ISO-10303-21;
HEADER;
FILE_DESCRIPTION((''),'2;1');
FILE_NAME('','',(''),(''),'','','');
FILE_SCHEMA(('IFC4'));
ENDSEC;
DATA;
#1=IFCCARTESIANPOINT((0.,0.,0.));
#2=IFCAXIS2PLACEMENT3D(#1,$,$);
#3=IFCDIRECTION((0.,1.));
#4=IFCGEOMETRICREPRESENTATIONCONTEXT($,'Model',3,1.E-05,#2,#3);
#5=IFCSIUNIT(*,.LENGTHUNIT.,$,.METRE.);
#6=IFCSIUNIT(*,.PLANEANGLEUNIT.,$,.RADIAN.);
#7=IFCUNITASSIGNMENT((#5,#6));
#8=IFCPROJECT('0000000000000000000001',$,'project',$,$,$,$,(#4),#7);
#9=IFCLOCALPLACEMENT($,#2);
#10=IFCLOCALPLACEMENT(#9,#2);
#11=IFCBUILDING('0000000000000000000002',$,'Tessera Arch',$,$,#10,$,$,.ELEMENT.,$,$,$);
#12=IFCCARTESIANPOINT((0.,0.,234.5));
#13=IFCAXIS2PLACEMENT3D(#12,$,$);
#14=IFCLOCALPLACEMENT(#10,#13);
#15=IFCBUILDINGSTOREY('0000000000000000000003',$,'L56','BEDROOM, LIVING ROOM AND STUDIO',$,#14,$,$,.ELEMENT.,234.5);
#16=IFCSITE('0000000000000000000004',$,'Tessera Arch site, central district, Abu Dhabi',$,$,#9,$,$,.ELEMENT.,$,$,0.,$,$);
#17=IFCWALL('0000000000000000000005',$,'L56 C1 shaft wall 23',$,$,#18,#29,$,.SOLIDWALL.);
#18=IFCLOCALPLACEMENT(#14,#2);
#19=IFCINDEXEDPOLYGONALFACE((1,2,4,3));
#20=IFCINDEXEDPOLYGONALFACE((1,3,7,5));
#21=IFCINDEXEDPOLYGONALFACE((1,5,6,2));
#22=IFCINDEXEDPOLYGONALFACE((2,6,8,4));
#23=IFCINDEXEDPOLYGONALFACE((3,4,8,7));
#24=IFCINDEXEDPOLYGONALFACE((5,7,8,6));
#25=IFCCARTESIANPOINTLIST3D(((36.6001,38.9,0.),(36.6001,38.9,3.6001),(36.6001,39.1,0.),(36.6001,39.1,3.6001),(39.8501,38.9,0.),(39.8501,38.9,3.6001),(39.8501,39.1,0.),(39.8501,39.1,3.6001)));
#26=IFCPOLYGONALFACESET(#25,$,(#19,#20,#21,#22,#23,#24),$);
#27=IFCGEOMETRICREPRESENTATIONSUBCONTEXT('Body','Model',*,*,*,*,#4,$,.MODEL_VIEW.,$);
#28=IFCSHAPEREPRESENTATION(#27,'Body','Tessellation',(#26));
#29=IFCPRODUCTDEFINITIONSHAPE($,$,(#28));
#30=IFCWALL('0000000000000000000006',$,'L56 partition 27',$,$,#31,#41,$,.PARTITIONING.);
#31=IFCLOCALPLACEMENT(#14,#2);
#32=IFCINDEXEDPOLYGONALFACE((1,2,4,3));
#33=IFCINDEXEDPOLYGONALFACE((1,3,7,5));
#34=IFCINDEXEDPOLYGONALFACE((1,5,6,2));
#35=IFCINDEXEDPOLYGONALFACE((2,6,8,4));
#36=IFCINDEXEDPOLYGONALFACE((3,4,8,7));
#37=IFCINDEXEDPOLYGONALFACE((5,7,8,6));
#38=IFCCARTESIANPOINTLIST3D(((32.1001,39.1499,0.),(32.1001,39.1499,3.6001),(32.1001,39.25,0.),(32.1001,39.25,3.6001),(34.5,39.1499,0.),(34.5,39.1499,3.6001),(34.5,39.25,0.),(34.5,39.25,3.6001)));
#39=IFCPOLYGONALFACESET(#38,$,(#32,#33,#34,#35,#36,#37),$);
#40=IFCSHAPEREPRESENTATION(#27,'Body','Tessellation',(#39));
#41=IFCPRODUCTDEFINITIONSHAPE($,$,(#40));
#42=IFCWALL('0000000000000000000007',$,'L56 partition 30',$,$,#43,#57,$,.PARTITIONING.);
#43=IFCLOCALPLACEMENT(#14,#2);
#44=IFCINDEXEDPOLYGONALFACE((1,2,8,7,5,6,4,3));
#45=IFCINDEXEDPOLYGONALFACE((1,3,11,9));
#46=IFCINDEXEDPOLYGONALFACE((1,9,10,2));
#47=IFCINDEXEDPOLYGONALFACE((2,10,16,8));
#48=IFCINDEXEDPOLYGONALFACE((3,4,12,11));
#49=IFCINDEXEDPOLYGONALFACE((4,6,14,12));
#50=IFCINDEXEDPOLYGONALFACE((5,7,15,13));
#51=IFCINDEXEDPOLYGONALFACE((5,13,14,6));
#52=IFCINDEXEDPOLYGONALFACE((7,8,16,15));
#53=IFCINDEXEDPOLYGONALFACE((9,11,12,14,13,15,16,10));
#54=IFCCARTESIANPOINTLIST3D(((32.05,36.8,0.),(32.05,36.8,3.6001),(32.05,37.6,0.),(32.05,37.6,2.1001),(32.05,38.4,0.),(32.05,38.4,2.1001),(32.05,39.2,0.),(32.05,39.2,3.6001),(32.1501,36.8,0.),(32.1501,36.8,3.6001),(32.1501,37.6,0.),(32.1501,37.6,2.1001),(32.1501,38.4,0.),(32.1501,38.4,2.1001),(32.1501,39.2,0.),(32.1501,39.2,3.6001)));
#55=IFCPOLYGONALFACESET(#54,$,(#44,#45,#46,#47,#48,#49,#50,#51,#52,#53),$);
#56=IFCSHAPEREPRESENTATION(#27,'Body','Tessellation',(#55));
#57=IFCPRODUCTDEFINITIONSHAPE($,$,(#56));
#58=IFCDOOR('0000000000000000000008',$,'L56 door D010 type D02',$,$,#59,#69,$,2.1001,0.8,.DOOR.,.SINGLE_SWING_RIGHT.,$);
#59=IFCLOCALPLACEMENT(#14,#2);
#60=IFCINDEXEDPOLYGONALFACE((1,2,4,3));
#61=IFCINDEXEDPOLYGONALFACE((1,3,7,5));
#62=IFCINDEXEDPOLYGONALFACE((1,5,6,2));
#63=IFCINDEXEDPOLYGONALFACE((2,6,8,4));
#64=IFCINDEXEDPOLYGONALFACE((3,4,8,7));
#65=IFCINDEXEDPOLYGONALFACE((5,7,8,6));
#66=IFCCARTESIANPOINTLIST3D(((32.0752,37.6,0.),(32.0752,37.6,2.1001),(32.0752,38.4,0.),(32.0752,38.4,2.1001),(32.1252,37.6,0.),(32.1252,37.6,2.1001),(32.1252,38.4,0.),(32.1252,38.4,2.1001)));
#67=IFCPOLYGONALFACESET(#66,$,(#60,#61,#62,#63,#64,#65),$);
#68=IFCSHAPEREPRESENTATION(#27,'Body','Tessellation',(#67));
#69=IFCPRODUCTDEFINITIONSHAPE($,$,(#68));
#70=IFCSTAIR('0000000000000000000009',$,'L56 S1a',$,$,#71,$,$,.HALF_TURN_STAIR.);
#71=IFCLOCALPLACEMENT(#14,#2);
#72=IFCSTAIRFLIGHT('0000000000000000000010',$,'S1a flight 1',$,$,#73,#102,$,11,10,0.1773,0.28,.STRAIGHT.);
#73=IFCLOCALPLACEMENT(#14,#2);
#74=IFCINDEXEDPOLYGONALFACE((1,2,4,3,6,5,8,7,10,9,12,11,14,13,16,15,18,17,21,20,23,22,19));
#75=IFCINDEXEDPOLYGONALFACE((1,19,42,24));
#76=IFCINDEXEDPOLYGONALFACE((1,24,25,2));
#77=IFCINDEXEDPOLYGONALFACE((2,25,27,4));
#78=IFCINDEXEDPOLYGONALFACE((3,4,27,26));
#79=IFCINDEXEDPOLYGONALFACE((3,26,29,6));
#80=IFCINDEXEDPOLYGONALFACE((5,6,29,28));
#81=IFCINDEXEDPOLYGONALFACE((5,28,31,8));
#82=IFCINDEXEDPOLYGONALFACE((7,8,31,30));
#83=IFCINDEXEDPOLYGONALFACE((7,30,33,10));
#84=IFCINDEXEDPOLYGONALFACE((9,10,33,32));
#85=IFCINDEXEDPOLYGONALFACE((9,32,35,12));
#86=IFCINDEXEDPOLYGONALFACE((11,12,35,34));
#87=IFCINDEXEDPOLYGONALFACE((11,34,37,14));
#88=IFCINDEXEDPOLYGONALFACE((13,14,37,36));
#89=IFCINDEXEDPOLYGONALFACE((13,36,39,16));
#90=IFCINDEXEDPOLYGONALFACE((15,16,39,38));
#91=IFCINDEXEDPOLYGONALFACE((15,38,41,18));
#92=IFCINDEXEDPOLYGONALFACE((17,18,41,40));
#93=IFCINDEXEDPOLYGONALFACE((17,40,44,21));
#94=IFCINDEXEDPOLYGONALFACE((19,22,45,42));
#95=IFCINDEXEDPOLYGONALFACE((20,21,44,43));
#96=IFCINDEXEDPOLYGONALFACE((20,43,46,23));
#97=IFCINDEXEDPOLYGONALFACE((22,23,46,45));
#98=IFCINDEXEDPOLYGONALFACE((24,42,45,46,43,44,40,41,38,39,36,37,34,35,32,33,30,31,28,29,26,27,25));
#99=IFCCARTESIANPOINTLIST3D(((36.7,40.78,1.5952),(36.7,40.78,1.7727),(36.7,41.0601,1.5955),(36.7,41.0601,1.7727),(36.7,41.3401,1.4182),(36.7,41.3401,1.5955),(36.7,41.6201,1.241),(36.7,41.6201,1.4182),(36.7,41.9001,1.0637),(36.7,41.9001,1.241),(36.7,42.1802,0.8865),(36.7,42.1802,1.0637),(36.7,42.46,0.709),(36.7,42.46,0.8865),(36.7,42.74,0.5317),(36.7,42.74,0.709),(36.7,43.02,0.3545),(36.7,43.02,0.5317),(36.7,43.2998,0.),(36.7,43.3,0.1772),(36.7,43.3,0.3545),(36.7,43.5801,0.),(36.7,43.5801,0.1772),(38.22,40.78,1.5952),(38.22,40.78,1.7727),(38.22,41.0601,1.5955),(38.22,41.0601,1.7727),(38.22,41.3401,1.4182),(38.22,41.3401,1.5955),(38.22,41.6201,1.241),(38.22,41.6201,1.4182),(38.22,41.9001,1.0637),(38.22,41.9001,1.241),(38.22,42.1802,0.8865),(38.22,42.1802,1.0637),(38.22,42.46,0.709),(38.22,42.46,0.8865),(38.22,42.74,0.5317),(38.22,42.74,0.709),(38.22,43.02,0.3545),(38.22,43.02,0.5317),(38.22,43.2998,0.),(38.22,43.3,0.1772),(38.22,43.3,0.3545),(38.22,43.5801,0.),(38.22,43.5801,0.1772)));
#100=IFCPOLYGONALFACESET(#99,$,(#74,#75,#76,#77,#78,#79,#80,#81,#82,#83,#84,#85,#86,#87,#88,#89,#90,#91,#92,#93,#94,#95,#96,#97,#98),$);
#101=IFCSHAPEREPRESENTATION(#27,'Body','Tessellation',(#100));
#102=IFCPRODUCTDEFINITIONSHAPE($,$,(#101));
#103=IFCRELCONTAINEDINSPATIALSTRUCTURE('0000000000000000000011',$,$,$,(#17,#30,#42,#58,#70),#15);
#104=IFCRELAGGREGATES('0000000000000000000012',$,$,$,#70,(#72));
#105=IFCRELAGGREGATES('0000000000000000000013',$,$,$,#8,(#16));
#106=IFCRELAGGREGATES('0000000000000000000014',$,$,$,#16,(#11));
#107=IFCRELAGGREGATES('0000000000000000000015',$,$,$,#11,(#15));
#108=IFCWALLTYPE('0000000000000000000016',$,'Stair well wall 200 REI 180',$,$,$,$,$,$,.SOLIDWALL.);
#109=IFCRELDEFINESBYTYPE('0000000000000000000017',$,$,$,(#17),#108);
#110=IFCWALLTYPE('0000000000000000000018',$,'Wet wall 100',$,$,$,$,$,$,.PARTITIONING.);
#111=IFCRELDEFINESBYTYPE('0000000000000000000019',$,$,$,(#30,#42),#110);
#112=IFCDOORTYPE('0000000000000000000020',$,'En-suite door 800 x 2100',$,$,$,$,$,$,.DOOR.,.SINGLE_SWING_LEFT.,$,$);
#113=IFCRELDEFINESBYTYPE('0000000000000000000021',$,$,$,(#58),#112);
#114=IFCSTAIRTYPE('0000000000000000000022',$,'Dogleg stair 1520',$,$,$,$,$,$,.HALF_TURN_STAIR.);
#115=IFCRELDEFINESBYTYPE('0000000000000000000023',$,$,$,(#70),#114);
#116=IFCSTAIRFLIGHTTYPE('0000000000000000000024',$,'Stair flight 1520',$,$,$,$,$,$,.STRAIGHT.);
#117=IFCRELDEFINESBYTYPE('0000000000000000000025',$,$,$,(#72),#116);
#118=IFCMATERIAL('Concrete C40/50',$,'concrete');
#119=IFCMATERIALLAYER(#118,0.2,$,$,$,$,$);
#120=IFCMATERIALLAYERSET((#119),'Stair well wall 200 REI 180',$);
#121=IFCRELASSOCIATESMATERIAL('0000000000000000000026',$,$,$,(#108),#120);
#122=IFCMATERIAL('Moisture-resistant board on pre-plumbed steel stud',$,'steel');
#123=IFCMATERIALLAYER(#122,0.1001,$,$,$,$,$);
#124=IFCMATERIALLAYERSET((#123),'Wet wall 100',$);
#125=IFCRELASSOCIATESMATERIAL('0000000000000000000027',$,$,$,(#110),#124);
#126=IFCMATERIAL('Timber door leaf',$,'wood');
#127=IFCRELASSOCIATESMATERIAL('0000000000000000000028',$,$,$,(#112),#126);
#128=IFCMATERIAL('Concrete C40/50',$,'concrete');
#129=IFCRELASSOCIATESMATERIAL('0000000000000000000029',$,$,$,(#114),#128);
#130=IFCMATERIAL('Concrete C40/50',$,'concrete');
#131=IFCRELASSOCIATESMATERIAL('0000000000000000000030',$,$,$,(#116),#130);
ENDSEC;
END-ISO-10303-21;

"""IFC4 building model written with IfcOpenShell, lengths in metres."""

from ifc_helpers import new_model, si_unit, direction, frame, frame_2d, origin, place, context, subcontext, project, spatial, polyline, rectangle, outline, extrude, material, layer, layer_set, type_object, element, fill, aggregate, save


model = new_model("IFC4")

# Units and contexts
model_context = context("Model", 3, precision=1e-05, world=origin(), true_north=direction((0.0, 1.0)))
body_context = subcontext(model_context, "Body", "Model", "MODEL_VIEW")
ifc_project = project(units=[si_unit("LENGTHUNIT", "METRE"), si_unit("PLANEANGLEUNIT", "RADIAN")], contexts=[model_context])

# Site, building, storey
site_placement = place(None, origin())
site = spatial("IfcSite", under=ifc_project, at=site_placement, Name="Tessera Arch site, central district, Abu Dhabi", CompositionType="ELEMENT", RefElevation=0.0)
building_placement = place(site_placement, origin())
building = spatial("IfcBuilding", under=site, at=building_placement, Name="Tessera Arch", CompositionType="ELEMENT")
storey_placement = place(building_placement, frame((0.0, 0.0, 234.5)))
storey = spatial("IfcBuildingStorey", under=building, at=storey_placement, Name="L56", Description="BEDROOM, LIVING ROOM AND STUDIO", CompositionType="ELEMENT", Elevation=234.5)

# Walls
ifc_material_1 = material(Name="Concrete C40/50", Category="concrete")
ifc_layer_1 = layer(ifc_material_1, 0.2)
ifc_layer_set_1 = layer_set([ifc_layer_1], Name="Stair well wall 200 REI 180")
wall_type_1 = type_object("IfcWallType", Name="Stair well wall 200 REI 180", PredefinedType="SOLIDWALL", material=ifc_layer_set_1)
wall_1_placement = place(storey_placement, frame((36.6001, 39.0, 0.0), z_axis=(0.0, 0.0, 1.0), x_axis=(1.0, 0.0, 0.0)))
element("IfcWall", 1, at=wall_1_placement, inside=storey, type_object=wall_type_1, Name="L56 C1 shaft wall 23", PredefinedType="SOLIDWALL", context=body_context, shape_type="SweptSolid", body=[
    extrude(rectangle(XDim=3.25, YDim=0.2, at=frame_2d((1.625, 0.0))), origin(), (0.0, 0.0, 1.0), 3.6001),
])
ifc_material_2 = material(Name="Moisture-resistant board on pre-plumbed steel stud", Category="steel")
ifc_layer_2 = layer(ifc_material_2, 0.1001)
ifc_layer_set_2 = layer_set([ifc_layer_2], Name="Wet wall 100")
wall_type_2 = type_object("IfcWallType", Name="Wet wall 100", PredefinedType="PARTITIONING", material=ifc_layer_set_2)
wall_2_placement = place(storey_placement, frame((32.1001, 39.2, 0.0), z_axis=(0.0, 0.0, 1.0), x_axis=(1.0, 0.0, 0.0)))
element("IfcWall", 2, at=wall_2_placement, inside=storey, type_object=wall_type_2, Name="L56 partition 27", PredefinedType="PARTITIONING", context=body_context, shape_type="SweptSolid", body=[
    extrude(rectangle(XDim=2.3999, YDim=0.1001, at=frame_2d((1.2, 0.0))), origin(), (0.0, 0.0, 1.0), 3.6001),
])

# Wall, opening, door
wall_3_placement = place(storey_placement, frame((32.1001, 36.8, 0.0), z_axis=(0.0, 0.0, 1.0), x_axis=(0.0, 1.0, 0.0)))
wall_3 = element("IfcWall", 3, at=wall_3_placement, inside=storey, type_object=wall_type_2, Name="L56 partition 30", PredefinedType="PARTITIONING", context=body_context, shape_type="SweptSolid", body=[
    extrude(rectangle(XDim=2.3999, YDim=0.1001, at=frame_2d((1.2, 0.0))), origin(), (0.0, 0.0, 1.0), 3.6001),
])
opening_1_placement = place(wall_3_placement, frame((0.8, 0.0, 0.0)))
opening_1 = element("IfcOpeningElement", 4, at=opening_1_placement, cuts=wall_3, PredefinedType="OPENING", context=body_context, shape_type="SweptSolid", body=[
    extrude(rectangle(XDim=0.8, YDim=2.1001, at=frame_2d((0.3999, 1.05))), frame((0.0, 0.0601, 0.0), z_axis=(0.0, -1.0, 0.0), x_axis=(1.0, 0.0, 0.0)), (0.0, 0.0, 1.0), 0.1201),
])
ifc_material_3 = material(Name="Timber door leaf", Category="wood")
door_type_1 = type_object("IfcDoorType", Name="En-suite door 800 x 2100", OperationType="SINGLE_SWING_LEFT", PredefinedType="DOOR", material=ifc_material_3)
door_1_placement = place(opening_1_placement, origin())
door_1 = element("IfcDoor", 5, at=door_1_placement, inside=storey, type_object=door_type_1, Name="L56 door D010 type D02", OperationType="SINGLE_SWING_RIGHT", OverallHeight=2.1001, OverallWidth=0.8, PredefinedType="DOOR", context=body_context, shape_type="SweptSolid", body=[
    extrude(rectangle(XDim=0.8, YDim=2.1001, at=frame_2d((0.3999, 1.05))), frame((0.0, 0.0249, 0.0), z_axis=(0.0, -1.0, 0.0), x_axis=(1.0, 0.0, 0.0)), (0.0, 0.0, 1.0), 0.05),
])
fill(opening_1, door_1)

# Stair, stair flight
ifc_material_4 = material(Name="Concrete C40/50", Category="concrete")
stair_type = type_object("IfcStairType", Name="Dogleg stair 1520", PredefinedType="HALF_TURN_STAIR", material=ifc_material_4)
stair_placement = place(storey_placement, origin())
stair = element("IfcStair", 6, at=stair_placement, inside=storey, type_object=stair_type, Name="L56 S1a", PredefinedType="HALF_TURN_STAIR")
ifc_material_5 = material(Name="Concrete C40/50", Category="concrete")
stair_flight_type = type_object("IfcStairFlightType", Name="Stair flight 1520", PredefinedType="STRAIGHT", material=ifc_material_5)
stair_flight_placement = place(storey_placement, frame((37.46, 43.5801, 0.0), z_axis=(0.0, 0.0, 1.0), x_axis=(0.0, -1.0, 0.0)))
stair_flight = element("IfcStairFlight", 7, at=stair_flight_placement, type_object=stair_flight_type, Name="S1a flight 1", NumberOfRisers=11, NumberOfTreads=10, PredefinedType="STRAIGHT", RiserHeight=0.1773, TreadLength=0.28, context=body_context, shape_type="SweptSolid", body=[
    extrude(outline(polyline([(0.0, 0.0), (0.0, 0.1772), (0.28, 0.1772), (0.28, 0.3545), (0.5601, 0.3545), (0.5601, 0.5317), (0.8401, 0.5317), (0.8401, 0.709), (1.1201, 0.709), (1.1201, 0.8865), (1.3999, 0.8865), (1.3999, 1.0637), (1.6799, 1.0637), (1.6799, 1.241), (1.96, 1.241), (1.96, 1.4182), (2.24, 1.4182), (2.24, 1.5955), (2.52, 1.5955), (2.52, 1.7727), (2.8, 1.7727), (2.8, 1.95), (2.8, 1.5952), (0.2803, 0.0), (0.0, 0.0)])), frame((0.0, 0.76, 0.0), z_axis=(0.0, -1.0, 0.0), x_axis=(1.0, 0.0, 0.0)), (0.0, 0.0, 1.0), 1.52),
])
aggregate(stair, [stair_flight])

save(model, "model.ifc")
